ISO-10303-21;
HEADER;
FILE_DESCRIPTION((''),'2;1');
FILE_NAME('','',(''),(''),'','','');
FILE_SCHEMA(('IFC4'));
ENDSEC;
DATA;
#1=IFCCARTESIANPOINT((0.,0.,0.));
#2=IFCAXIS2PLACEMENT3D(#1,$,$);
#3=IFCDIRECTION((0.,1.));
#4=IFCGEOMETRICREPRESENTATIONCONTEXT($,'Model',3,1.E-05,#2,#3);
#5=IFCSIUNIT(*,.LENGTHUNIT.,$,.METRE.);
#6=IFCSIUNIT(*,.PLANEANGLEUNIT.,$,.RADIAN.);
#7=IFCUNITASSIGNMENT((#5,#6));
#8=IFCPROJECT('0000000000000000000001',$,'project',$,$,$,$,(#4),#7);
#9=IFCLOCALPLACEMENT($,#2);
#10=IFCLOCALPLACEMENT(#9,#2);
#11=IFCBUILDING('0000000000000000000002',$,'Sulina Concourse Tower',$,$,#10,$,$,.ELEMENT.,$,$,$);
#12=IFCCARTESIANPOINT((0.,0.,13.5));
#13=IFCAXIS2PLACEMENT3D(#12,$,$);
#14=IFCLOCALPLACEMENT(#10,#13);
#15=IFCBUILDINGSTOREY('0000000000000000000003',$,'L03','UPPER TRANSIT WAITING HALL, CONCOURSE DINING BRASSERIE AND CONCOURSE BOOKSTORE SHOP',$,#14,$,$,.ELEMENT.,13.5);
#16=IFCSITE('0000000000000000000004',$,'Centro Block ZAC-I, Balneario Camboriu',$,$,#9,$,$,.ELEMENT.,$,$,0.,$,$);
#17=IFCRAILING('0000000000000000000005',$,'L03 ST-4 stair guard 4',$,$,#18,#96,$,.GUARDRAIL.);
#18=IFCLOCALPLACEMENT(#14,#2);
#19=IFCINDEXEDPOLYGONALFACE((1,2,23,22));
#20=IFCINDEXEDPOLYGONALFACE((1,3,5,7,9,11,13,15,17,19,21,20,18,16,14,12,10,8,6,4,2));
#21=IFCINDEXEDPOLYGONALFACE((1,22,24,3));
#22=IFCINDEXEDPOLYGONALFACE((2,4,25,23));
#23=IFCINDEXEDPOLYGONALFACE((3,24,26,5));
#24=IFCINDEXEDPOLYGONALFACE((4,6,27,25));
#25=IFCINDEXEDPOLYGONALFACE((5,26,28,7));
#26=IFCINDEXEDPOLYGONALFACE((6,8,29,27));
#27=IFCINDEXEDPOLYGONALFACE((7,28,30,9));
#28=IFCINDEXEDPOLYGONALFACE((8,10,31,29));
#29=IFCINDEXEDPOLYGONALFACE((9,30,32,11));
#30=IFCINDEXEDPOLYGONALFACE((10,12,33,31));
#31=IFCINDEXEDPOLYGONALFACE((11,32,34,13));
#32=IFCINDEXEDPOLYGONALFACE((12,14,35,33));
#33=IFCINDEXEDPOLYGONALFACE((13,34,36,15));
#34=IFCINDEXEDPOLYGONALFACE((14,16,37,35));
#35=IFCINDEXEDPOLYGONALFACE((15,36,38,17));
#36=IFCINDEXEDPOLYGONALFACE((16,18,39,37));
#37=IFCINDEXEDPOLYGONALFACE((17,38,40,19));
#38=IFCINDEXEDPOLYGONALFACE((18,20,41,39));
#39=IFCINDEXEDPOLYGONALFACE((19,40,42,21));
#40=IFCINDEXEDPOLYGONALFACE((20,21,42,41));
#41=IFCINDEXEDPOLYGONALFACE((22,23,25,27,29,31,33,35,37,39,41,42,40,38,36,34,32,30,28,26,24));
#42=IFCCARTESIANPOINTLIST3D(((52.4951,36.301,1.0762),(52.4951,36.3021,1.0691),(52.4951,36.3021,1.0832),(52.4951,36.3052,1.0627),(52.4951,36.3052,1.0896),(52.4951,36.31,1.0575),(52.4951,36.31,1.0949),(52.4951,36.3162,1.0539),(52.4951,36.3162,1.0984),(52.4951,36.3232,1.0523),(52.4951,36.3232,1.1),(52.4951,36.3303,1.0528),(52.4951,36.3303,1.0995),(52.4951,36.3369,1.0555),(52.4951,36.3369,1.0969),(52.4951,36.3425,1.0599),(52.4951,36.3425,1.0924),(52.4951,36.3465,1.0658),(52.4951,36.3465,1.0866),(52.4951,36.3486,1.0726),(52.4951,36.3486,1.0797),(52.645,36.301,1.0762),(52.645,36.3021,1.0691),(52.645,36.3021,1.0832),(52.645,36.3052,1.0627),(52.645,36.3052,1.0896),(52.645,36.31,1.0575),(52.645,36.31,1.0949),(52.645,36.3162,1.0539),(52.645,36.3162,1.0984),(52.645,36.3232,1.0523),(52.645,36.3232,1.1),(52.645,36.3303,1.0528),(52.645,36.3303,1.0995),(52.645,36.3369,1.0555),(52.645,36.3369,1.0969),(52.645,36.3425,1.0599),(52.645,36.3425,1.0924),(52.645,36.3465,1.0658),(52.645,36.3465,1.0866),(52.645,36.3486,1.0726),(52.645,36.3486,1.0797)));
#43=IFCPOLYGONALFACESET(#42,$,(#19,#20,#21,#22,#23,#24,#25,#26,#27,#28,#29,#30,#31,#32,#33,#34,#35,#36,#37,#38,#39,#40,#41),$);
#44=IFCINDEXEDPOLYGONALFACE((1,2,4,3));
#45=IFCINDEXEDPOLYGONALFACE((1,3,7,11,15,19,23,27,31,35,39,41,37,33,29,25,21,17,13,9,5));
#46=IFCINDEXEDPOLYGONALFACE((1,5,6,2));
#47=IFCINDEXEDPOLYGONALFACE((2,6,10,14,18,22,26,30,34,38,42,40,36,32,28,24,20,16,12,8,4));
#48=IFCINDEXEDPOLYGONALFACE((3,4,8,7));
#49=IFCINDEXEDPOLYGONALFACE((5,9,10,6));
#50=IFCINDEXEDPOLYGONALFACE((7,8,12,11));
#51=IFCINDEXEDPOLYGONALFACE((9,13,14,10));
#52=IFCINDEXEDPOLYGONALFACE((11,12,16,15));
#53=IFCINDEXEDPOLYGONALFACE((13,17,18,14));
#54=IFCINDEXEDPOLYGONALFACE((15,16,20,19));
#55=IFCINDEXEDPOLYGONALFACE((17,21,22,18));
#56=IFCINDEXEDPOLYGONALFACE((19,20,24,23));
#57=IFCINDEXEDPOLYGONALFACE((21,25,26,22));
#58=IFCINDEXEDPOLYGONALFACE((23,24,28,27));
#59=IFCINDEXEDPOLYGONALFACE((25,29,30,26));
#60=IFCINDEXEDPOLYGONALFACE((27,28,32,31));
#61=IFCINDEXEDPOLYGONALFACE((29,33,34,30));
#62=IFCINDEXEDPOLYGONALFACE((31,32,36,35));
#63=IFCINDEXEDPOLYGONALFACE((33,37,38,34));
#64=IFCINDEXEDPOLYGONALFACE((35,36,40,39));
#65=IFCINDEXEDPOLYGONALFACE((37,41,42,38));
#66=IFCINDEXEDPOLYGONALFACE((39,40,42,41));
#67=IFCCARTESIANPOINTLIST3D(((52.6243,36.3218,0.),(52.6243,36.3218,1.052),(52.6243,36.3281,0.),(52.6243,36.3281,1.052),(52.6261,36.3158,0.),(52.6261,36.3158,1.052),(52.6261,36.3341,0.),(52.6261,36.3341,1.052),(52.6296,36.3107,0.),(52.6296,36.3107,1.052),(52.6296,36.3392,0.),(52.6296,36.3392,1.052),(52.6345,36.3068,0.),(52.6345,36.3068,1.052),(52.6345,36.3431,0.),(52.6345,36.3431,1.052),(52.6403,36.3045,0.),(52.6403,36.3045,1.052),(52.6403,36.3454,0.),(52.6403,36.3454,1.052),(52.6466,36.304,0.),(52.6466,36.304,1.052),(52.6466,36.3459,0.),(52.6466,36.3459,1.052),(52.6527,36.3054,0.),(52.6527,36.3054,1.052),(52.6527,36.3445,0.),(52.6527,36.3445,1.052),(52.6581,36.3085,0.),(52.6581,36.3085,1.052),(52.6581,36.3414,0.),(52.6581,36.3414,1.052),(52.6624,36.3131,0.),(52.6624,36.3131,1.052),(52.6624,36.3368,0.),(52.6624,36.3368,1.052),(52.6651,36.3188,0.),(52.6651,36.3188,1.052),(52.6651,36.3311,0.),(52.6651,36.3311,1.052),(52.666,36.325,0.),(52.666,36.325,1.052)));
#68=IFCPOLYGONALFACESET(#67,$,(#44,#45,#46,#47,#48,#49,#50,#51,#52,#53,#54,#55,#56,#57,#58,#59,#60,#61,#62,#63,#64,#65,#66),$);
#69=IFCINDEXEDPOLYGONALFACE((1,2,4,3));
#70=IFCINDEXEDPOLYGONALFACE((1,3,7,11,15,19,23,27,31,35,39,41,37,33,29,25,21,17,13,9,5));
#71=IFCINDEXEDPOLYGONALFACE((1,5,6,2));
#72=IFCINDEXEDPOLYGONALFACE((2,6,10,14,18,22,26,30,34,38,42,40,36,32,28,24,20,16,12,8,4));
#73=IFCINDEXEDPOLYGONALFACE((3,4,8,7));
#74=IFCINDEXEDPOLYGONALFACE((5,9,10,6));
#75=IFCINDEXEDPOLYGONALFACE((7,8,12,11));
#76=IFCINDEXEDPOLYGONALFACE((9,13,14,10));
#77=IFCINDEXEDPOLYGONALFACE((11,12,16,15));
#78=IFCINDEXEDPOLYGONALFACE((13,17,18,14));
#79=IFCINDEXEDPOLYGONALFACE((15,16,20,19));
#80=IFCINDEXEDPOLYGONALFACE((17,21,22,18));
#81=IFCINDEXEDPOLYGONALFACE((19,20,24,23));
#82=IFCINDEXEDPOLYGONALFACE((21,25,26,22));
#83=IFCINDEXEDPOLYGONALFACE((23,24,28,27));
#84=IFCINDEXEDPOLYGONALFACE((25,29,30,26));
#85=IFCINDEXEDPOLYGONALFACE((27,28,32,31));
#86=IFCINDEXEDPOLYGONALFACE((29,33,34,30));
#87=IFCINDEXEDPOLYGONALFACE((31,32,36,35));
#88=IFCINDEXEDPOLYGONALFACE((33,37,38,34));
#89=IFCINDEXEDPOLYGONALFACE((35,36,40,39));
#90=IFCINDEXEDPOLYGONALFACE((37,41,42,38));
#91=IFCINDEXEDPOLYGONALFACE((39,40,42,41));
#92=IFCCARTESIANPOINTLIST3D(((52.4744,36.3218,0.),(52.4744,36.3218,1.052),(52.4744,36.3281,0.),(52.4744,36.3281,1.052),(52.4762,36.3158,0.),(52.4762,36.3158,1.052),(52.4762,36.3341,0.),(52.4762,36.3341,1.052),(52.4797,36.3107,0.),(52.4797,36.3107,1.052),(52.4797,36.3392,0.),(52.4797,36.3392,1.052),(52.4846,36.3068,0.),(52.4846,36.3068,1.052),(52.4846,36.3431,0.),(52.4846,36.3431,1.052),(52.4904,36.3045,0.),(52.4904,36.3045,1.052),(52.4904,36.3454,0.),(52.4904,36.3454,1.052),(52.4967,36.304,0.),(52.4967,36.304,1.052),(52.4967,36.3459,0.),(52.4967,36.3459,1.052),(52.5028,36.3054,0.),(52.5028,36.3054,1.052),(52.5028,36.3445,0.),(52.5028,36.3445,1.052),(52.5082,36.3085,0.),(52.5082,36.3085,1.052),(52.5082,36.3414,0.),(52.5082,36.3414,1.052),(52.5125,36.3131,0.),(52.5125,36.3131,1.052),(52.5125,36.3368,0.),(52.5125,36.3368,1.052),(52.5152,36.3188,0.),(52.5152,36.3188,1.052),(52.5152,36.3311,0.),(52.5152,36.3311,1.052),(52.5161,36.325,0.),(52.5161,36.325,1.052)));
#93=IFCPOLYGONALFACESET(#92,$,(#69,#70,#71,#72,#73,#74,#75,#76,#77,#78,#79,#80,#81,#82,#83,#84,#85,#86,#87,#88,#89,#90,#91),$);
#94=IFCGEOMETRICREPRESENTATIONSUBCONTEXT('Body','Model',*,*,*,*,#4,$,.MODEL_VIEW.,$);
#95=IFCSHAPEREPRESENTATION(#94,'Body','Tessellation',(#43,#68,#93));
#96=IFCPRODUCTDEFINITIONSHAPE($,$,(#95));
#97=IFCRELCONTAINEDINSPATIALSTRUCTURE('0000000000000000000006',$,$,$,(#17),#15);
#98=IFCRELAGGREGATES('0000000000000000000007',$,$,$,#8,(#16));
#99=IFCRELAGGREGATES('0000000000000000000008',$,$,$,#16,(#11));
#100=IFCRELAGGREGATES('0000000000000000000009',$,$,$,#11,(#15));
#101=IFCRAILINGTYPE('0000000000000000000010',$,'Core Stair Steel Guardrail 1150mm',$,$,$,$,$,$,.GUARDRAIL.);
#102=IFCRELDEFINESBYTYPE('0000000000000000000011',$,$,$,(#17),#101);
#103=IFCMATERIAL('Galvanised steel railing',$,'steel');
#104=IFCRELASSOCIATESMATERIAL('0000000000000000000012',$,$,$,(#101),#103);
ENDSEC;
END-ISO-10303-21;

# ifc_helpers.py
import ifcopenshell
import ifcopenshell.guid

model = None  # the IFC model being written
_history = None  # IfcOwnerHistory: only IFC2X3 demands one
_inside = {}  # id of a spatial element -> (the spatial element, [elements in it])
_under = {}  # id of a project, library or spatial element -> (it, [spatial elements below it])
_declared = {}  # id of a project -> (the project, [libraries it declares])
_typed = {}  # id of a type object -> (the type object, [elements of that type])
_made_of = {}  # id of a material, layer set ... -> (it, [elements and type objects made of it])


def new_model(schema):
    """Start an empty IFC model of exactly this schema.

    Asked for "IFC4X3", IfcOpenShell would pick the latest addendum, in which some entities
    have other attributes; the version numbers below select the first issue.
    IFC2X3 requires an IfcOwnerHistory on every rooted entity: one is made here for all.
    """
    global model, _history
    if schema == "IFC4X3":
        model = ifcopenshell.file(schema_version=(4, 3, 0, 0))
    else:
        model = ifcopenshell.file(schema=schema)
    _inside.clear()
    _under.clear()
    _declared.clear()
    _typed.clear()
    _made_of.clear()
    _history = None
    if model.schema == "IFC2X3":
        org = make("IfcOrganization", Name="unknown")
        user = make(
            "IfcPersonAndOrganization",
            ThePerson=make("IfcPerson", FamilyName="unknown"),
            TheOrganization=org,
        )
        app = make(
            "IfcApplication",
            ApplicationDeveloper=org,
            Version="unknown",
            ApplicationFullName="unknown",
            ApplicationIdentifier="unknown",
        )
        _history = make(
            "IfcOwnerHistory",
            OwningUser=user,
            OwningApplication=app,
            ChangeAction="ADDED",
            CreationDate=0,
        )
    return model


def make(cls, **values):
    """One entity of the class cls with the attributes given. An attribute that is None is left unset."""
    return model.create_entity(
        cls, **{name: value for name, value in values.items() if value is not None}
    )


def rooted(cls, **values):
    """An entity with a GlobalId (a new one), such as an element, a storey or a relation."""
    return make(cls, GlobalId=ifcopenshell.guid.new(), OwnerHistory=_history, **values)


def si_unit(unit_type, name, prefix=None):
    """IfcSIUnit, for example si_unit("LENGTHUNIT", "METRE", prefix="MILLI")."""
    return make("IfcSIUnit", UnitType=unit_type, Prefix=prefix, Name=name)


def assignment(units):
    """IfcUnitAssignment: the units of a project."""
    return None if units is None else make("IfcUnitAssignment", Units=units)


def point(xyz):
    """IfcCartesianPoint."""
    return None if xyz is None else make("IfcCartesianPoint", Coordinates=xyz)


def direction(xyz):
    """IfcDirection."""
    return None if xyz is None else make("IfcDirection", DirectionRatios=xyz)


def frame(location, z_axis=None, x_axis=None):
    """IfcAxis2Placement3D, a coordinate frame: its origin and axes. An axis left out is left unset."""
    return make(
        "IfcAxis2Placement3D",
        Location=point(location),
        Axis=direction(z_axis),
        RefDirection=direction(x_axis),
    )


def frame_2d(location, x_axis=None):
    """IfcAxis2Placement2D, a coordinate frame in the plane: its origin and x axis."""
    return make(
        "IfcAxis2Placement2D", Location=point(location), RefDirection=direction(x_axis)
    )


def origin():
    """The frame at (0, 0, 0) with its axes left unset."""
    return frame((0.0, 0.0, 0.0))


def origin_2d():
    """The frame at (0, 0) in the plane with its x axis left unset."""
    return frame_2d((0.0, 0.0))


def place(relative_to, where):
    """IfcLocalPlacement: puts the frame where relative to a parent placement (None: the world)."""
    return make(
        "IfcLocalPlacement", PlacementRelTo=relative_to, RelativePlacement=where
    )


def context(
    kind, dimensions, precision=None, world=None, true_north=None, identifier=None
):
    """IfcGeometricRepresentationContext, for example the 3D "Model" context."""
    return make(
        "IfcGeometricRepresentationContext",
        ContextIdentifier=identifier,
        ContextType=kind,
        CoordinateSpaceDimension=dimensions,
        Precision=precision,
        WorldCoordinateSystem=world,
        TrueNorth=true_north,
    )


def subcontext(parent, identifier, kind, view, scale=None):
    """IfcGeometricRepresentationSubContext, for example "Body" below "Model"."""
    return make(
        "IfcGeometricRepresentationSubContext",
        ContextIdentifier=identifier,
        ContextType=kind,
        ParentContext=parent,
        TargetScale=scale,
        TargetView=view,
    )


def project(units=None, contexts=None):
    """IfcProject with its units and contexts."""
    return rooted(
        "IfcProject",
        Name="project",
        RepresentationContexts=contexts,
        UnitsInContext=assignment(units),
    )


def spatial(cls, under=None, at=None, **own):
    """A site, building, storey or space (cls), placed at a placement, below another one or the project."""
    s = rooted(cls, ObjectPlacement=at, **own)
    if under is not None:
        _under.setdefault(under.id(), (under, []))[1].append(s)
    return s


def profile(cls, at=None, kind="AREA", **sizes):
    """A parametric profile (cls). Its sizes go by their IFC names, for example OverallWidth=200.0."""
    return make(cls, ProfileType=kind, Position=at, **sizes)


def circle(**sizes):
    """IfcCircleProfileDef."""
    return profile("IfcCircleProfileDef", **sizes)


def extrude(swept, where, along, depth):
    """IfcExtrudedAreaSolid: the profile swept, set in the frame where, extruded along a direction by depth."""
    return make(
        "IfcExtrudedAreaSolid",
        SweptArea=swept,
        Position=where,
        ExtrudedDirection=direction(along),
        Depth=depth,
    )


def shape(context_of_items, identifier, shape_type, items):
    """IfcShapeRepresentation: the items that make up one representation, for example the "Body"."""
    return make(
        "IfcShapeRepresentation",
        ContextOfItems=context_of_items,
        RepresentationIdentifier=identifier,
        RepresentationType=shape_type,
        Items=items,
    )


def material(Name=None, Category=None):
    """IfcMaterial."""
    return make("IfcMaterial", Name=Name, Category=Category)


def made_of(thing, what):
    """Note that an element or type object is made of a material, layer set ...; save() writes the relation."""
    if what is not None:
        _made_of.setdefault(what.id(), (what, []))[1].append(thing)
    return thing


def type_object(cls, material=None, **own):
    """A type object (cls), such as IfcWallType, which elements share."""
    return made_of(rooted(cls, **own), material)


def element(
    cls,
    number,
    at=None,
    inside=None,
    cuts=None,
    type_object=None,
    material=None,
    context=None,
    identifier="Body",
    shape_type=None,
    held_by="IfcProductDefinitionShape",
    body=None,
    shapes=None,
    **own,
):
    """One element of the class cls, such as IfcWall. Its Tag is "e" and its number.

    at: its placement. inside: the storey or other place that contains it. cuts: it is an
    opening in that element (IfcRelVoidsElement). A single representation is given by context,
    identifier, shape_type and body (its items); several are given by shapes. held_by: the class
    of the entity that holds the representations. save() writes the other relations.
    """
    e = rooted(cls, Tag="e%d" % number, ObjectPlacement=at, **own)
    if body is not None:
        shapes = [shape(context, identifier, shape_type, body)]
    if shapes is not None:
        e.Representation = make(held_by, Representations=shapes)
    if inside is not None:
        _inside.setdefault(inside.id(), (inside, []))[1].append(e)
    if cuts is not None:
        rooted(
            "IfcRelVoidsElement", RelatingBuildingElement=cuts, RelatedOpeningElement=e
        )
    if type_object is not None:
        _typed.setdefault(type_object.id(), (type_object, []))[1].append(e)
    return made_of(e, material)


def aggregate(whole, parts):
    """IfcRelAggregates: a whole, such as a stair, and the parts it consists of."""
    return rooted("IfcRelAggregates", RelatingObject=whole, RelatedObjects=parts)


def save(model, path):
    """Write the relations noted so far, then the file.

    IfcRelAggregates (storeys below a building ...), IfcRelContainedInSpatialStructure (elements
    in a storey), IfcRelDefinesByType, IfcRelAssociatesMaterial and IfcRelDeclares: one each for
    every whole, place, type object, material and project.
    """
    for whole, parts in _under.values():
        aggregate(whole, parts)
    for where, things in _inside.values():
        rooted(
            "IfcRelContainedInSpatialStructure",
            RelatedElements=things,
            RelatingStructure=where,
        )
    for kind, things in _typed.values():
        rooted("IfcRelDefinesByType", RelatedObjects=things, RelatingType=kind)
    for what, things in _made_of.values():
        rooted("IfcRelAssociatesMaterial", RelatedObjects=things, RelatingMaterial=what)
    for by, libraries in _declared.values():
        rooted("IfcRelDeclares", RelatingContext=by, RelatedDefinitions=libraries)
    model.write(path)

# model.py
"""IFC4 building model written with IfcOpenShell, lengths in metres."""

from ifc_helpers import new_model, si_unit, direction, frame, origin, origin_2d, place, context, subcontext, project, spatial, circle, extrude, material, type_object, element, save


model = new_model("IFC4")

# Units and contexts
model_context = context("Model", 3, precision=1e-05, world=origin(), true_north=direction((0.0, 1.0)))
body_context = subcontext(model_context, "Body", "Model", "MODEL_VIEW")
ifc_project = project(units=[si_unit("LENGTHUNIT", "METRE"), si_unit("PLANEANGLEUNIT", "RADIAN")], contexts=[model_context])

# Site, building, storey
site_placement = place(None, origin())
site = spatial("IfcSite", under=ifc_project, at=site_placement, Name="Centro Block ZAC-I, Balneario Camboriu", CompositionType="ELEMENT", RefElevation=0.0)
building_placement = place(site_placement, origin())
building = spatial("IfcBuilding", under=site, at=building_placement, Name="Sulina Concourse Tower", CompositionType="ELEMENT")
storey_placement = place(building_placement, frame((0.0, 0.0, 13.5)))
storey = spatial("IfcBuildingStorey", under=building, at=storey_placement, Name="L03", Description="UPPER TRANSIT WAITING HALL, CONCOURSE DINING BRASSERIE AND CONCOURSE BOOKSTORE SHOP", CompositionType="ELEMENT", Elevation=13.5)

# Railing
ifc_material_1 = material(Name="Galvanised steel railing", Category="steel")
railing_type_1 = type_object("IfcRailingType", Name="Core Stair Steel Guardrail 1150mm", PredefinedType="GUARDRAIL", material=ifc_material_1)
railing_1_placement = place(storey_placement, frame((52.645, 36.325, 0.0)))
element("IfcRailing", 1, at=railing_1_placement, inside=storey, type_object=railing_type_1, Name="L03 ST-4 stair guard 4", PredefinedType="GUARDRAIL", context=body_context, shape_type="SweptSolid", body=[
    extrude(circle(Radius=0.0239, at=origin_2d()), frame((0.0, 0.0, 1.0762), z_axis=(-1.0, 0.0, 0.0), x_axis=(0.0, -1.0, 0.0)), (0.0, 0.0, 1.0), 0.1499),
    extrude(circle(Radius=0.021, at=origin_2d()), origin(), (0.0, 0.0, 1.0), 1.052),
    extrude(circle(Radius=0.021, at=origin_2d()), frame((-0.1499, 0.0, 0.0)), (0.0, 0.0, 1.0), 1.052),
])

save(model, "model.ifc")
